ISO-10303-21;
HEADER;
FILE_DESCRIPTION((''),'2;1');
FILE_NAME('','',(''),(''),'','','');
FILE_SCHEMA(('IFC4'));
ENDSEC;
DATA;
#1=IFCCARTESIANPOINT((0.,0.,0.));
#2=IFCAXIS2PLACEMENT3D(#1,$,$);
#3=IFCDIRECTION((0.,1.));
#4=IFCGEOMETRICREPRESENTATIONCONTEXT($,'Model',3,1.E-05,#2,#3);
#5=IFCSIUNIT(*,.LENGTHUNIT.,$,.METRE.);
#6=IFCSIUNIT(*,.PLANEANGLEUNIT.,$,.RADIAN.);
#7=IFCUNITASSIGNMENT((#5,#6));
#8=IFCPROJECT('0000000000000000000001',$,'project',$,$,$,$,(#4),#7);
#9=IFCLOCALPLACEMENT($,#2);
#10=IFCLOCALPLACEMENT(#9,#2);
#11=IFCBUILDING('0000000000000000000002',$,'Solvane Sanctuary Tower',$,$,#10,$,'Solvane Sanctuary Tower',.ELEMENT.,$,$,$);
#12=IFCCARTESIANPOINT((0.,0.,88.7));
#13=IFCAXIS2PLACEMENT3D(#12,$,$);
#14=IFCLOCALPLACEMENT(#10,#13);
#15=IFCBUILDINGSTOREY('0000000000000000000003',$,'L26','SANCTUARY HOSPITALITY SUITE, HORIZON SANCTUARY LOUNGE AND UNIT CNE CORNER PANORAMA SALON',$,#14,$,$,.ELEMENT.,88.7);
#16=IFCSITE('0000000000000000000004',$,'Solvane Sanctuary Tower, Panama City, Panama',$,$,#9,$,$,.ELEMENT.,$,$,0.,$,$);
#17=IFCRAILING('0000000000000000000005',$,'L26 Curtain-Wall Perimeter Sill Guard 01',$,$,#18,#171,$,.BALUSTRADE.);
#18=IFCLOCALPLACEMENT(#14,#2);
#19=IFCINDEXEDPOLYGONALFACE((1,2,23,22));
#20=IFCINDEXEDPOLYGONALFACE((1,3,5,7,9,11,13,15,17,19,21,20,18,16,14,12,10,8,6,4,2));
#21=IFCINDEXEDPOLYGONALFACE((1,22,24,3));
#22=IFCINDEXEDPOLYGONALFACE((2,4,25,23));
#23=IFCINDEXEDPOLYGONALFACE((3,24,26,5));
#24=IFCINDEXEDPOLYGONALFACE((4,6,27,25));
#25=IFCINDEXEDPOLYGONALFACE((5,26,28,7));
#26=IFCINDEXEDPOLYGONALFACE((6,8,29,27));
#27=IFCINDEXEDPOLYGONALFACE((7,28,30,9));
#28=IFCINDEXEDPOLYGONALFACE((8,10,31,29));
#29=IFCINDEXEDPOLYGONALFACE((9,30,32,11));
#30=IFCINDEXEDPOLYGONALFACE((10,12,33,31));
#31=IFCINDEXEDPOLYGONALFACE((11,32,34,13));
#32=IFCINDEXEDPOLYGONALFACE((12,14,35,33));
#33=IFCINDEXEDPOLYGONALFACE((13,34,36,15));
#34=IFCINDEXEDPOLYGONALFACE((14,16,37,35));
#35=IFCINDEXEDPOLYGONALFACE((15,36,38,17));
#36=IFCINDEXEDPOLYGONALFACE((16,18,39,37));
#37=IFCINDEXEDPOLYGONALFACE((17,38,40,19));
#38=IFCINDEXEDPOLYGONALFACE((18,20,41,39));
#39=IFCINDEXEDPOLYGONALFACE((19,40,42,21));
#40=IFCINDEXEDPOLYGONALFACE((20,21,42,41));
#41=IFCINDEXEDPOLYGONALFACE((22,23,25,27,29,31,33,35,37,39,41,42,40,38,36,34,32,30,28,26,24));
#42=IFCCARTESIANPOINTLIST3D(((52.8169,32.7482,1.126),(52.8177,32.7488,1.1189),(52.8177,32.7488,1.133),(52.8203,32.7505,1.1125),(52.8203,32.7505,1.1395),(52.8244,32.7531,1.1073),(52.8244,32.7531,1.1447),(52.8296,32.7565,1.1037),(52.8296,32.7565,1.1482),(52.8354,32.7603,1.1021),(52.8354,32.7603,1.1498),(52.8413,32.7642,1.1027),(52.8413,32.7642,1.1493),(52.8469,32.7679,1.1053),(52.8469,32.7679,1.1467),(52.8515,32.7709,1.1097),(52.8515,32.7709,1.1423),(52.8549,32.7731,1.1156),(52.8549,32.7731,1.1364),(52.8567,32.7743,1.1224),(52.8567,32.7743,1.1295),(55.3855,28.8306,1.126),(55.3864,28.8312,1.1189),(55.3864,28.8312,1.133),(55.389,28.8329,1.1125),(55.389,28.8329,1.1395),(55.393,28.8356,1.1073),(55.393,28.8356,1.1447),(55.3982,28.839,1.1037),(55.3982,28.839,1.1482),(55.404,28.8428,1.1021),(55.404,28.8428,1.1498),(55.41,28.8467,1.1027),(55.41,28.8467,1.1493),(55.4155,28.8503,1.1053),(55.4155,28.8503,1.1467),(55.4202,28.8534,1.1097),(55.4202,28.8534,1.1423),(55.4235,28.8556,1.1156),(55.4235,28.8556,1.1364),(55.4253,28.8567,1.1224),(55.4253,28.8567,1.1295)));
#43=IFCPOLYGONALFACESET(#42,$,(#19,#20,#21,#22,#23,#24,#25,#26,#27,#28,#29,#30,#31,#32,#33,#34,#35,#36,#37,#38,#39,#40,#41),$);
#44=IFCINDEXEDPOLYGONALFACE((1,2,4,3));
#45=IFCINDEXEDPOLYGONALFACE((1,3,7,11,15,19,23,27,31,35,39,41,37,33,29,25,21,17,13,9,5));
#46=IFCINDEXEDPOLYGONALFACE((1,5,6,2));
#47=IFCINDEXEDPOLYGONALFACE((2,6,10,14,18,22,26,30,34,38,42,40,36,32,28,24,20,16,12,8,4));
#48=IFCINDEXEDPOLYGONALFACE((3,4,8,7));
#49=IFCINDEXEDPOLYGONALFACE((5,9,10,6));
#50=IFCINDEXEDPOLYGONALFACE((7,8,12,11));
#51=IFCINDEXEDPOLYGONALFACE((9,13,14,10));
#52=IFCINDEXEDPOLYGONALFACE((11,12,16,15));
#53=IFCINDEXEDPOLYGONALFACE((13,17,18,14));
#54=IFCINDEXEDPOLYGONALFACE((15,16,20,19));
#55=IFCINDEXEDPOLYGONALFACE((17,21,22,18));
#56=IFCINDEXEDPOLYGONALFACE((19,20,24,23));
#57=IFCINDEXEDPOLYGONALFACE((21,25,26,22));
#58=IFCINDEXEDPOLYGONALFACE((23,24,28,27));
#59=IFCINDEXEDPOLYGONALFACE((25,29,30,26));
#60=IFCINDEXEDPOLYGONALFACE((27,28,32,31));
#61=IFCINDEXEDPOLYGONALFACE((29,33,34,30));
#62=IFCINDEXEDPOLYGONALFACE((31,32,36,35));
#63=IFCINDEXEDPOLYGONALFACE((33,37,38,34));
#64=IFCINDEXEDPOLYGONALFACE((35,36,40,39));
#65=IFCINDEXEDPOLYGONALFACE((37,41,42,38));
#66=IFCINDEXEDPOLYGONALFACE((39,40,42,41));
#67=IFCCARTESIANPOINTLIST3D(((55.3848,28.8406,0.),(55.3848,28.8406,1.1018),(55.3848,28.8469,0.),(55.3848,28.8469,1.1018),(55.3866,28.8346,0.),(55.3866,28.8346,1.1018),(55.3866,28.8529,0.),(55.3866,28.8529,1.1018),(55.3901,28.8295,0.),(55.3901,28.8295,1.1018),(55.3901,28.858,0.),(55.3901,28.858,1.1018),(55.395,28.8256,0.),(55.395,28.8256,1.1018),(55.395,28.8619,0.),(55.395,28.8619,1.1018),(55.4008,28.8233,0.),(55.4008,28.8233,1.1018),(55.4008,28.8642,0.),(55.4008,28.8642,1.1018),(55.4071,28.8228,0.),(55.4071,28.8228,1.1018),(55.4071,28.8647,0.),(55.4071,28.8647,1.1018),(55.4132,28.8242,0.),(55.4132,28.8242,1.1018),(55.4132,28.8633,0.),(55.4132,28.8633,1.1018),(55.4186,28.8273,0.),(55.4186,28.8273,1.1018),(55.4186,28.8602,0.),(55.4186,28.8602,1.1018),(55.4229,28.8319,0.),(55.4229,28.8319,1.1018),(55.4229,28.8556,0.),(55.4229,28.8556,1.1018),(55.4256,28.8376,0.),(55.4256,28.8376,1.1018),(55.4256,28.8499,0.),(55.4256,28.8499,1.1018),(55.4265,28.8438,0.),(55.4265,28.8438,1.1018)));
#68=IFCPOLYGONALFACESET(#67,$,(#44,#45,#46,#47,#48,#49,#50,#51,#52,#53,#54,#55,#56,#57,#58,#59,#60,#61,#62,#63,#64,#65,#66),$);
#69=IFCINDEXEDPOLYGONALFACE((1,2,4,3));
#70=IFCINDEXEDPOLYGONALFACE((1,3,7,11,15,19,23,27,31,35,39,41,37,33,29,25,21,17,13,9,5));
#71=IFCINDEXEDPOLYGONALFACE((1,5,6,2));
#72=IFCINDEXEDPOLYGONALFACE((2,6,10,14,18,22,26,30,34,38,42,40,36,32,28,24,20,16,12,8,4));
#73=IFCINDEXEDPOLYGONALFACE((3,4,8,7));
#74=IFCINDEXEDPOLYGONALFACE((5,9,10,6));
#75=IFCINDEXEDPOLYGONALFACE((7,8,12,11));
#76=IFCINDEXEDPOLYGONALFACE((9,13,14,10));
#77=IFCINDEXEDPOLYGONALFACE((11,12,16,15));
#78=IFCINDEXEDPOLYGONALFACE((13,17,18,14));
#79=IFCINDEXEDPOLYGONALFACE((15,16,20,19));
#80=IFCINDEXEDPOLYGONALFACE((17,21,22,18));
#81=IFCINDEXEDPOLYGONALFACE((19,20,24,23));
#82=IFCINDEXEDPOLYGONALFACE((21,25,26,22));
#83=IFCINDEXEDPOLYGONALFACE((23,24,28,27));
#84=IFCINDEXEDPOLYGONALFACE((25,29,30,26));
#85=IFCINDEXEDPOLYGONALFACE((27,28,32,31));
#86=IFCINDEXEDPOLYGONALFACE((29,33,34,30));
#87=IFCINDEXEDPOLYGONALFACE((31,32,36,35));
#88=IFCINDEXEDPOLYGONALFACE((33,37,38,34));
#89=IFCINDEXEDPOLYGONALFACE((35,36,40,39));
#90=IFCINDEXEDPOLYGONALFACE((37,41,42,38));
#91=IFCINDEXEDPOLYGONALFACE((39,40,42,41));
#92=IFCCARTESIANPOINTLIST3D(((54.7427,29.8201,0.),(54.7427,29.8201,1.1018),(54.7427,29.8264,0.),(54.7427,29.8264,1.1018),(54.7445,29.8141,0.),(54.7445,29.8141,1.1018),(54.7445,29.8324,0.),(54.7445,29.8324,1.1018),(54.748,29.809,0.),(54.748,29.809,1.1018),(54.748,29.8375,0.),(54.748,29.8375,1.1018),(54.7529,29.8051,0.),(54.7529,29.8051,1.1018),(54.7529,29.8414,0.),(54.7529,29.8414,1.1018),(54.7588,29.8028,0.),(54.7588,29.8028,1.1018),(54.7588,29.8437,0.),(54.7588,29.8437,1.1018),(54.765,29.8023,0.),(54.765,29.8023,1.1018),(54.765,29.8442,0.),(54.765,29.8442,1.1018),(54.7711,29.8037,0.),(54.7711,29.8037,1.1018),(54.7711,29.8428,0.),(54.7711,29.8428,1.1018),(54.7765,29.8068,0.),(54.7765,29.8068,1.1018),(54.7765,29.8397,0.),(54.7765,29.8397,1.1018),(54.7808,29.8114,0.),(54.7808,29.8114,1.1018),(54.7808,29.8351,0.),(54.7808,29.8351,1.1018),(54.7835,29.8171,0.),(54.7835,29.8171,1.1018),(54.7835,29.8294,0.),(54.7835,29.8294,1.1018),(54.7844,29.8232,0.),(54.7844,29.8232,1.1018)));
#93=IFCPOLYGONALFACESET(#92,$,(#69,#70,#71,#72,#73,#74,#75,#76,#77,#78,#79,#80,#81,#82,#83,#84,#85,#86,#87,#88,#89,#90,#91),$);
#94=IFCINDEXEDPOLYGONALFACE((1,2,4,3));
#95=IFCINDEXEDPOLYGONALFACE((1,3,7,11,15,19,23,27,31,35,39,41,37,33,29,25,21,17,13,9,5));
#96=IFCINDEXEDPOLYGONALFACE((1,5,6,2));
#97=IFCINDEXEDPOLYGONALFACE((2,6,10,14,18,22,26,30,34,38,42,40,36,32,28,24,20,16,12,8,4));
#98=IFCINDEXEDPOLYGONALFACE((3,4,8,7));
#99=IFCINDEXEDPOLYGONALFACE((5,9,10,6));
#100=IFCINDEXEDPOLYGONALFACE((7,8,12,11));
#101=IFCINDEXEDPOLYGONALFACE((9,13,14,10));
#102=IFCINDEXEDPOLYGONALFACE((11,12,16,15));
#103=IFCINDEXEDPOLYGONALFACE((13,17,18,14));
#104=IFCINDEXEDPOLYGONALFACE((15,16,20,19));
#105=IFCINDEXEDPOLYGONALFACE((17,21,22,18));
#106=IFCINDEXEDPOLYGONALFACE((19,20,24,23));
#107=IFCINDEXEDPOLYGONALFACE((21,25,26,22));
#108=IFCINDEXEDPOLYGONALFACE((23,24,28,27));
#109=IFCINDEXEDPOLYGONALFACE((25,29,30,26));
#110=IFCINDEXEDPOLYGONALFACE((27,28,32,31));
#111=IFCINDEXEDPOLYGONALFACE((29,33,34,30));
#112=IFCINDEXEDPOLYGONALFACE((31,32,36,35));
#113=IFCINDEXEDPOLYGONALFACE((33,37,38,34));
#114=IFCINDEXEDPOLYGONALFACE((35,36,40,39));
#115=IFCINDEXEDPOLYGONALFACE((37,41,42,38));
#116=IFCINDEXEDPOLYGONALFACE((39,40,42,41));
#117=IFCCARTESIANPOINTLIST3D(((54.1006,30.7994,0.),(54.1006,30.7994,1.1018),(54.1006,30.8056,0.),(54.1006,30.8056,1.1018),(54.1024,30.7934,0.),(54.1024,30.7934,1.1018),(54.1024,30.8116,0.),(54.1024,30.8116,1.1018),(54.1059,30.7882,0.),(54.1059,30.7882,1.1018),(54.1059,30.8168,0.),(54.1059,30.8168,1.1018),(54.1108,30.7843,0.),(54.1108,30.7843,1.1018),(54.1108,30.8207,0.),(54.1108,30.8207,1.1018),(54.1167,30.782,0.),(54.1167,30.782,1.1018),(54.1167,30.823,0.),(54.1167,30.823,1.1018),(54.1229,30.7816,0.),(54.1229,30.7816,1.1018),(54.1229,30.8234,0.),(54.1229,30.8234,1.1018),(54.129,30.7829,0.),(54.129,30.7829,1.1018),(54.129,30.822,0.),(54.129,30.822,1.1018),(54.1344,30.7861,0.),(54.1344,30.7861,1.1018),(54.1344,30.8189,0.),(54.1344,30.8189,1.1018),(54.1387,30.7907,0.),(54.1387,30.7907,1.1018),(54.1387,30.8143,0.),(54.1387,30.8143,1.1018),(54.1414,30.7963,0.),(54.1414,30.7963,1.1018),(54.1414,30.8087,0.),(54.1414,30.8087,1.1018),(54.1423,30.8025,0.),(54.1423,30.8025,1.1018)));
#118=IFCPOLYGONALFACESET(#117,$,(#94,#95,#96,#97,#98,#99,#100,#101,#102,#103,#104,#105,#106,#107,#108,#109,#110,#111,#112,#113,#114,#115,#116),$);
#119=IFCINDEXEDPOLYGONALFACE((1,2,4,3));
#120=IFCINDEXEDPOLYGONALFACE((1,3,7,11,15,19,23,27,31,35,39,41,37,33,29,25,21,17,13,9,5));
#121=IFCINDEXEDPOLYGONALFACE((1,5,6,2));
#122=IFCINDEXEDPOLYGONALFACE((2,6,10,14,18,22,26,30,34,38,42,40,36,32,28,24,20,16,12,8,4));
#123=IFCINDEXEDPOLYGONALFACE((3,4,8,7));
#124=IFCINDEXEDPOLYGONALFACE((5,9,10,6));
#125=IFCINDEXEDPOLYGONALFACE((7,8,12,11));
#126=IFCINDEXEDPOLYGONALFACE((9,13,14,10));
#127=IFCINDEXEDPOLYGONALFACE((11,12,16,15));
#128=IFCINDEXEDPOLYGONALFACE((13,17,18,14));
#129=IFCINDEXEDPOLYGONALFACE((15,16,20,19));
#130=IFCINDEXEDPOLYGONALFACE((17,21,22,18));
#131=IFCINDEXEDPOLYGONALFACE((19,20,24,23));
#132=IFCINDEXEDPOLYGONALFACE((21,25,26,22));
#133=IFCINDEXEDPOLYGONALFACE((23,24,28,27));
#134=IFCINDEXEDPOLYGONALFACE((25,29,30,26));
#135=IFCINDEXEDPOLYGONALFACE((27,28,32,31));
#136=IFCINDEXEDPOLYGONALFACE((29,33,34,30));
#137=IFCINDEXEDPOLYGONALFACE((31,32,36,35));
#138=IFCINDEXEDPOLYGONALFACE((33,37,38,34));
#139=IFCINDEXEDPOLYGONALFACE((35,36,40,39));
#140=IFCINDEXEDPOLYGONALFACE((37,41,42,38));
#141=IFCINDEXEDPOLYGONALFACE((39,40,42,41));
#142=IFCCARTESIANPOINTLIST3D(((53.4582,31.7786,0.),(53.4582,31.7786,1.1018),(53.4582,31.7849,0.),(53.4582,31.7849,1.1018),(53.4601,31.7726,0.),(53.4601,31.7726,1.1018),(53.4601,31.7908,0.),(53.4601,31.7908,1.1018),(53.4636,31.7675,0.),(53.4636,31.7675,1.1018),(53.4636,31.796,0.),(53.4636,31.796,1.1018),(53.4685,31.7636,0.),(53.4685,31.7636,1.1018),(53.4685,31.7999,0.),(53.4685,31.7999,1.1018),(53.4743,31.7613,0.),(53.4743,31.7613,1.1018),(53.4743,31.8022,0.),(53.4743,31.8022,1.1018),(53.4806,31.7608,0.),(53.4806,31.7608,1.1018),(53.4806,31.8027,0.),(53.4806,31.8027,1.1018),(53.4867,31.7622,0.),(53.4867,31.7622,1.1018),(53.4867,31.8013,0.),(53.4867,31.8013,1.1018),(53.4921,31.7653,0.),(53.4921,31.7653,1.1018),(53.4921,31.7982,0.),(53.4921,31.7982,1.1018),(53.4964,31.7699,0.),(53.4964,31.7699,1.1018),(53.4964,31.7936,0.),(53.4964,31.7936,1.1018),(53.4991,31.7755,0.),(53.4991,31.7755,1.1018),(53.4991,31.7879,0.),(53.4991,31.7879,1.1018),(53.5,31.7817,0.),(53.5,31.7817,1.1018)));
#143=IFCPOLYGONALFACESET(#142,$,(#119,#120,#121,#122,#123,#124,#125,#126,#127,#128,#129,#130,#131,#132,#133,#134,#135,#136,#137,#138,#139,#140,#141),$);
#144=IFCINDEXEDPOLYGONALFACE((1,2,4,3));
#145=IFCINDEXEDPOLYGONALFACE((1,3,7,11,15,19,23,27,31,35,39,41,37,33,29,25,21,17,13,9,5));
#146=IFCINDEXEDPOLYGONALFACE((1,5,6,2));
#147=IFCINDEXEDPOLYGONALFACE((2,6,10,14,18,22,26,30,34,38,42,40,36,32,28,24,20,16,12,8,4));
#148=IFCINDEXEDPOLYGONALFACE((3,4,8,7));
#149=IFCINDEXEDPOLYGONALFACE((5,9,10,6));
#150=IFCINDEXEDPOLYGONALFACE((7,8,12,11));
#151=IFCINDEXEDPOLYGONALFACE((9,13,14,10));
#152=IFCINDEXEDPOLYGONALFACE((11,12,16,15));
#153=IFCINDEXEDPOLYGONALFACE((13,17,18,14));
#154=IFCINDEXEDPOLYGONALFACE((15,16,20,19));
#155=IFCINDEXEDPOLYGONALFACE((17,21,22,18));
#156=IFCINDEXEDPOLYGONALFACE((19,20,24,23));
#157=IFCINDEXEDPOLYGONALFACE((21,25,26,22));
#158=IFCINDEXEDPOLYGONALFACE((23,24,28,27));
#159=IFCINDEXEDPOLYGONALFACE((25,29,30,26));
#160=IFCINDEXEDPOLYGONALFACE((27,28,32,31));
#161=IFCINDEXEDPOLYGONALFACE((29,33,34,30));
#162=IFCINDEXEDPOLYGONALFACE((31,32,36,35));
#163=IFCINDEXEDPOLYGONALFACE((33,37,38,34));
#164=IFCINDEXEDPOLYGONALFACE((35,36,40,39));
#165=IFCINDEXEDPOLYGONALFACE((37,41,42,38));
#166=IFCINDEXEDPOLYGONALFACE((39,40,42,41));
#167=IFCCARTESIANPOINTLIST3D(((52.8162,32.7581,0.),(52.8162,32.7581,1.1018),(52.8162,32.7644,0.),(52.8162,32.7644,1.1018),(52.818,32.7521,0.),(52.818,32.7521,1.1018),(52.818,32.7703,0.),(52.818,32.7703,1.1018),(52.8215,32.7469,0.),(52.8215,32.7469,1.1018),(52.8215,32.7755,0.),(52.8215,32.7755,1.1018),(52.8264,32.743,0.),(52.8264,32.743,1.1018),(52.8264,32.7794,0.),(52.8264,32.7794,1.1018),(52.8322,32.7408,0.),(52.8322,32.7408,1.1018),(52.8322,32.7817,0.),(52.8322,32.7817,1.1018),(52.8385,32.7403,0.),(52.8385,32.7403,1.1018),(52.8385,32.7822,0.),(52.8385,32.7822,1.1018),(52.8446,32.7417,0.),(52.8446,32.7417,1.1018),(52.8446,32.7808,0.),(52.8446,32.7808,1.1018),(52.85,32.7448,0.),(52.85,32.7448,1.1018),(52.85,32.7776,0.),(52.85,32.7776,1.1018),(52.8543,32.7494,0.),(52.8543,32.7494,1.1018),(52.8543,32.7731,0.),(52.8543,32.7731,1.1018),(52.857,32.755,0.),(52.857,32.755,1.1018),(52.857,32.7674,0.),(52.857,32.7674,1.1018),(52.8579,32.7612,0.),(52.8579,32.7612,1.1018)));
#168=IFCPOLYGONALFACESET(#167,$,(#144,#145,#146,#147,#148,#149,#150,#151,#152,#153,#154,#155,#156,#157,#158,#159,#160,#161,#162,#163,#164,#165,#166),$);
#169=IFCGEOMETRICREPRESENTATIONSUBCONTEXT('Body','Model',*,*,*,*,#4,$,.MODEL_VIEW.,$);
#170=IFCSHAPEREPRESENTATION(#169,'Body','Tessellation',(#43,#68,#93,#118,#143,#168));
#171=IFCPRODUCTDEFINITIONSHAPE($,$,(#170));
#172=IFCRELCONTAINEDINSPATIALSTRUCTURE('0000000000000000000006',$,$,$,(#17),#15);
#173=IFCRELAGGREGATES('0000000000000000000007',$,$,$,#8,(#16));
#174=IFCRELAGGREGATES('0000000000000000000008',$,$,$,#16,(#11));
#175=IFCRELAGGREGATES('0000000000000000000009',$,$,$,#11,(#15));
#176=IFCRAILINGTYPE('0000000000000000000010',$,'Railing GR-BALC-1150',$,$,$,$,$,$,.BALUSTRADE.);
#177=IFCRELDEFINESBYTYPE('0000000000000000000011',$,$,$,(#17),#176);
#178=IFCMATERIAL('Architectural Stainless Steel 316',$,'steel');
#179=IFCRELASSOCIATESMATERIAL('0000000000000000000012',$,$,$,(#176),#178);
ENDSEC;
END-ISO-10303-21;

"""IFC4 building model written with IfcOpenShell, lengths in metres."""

from ifc_helpers import new_model, si_unit, direction, frame, origin, origin_2d, place, context, subcontext, project, spatial, circle, extrude, material, type_object, element, save


model = new_model("IFC4")

# Units and contexts
model_context = context("Model", 3, precision=1e-05, world=origin(), true_north=direction((0.0, 1.0)))
body_context = subcontext(model_context, "Body", "Model", "MODEL_VIEW")
ifc_project = project(units=[si_unit("LENGTHUNIT", "METRE"), si_unit("PLANEANGLEUNIT", "RADIAN")], contexts=[model_context])

# Site, building, storey
site_placement = place(None, origin())
site = spatial("IfcSite", under=ifc_project, at=site_placement, Name="Solvane Sanctuary Tower, Panama City, Panama", CompositionType="ELEMENT", RefElevation=0.0)
building_placement = place(site_placement, origin())
building = spatial("IfcBuilding", under=site, at=building_placement, Name="Solvane Sanctuary Tower", LongName="Solvane Sanctuary Tower", CompositionType="ELEMENT")
storey_placement = place(building_placement, frame((0.0, 0.0, 88.7)))
storey = spatial("IfcBuildingStorey", under=building, at=storey_placement, Name="L26", Description="SANCTUARY HOSPITALITY SUITE, HORIZON SANCTUARY LOUNGE AND UNIT CNE CORNER PANORAMA SALON", CompositionType="ELEMENT", Elevation=88.7)

# Shared definitions
ifc_material_1 = material(Name="Architectural Stainless Steel 316", Category="steel")

# Railing
railing_type_1 = type_object("IfcRailingType", Name="Railing GR-BALC-1150", PredefinedType="BALUSTRADE", material=ifc_material_1)
railing_1_placement = place(storey_placement, frame((55.4055, 28.8438, 0.0)))
element("IfcRailing", 1, at=railing_1_placement, inside=storey, type_object=railing_type_1, Name="L26 Curtain-Wall Perimeter Sill Guard 01", PredefinedType="BALUSTRADE", context=body_context, shape_type="SweptSolid", body=[
    extrude(circle(Radius=0.0239, at=origin_2d()), frame((0.0, 0.0, 1.126), z_axis=(-0.548322, 0.836267, 0.0), x_axis=(-0.836267, -0.548322, 0.0)), (0.0, 0.0, 1.0), 4.6846),
    extrude(circle(Radius=0.021, at=origin_2d()), origin(), (0.0, 0.0, 1.0), 1.1018),
    extrude(circle(Radius=0.021, at=origin_2d()), frame((-0.6421, 0.9795, 0.0)), (0.0, 0.0, 1.0), 1.1018),
    extrude(circle(Radius=0.021, at=origin_2d()), frame((-1.2842, 1.9587, 0.0)), (0.0, 0.0, 1.0), 1.1018),
    extrude(circle(Radius=0.021, at=origin_2d()), frame((-1.9265, 2.938, 0.0)), (0.0, 0.0, 1.0), 1.1018),
    extrude(circle(Radius=0.021, at=origin_2d()), frame((-2.5686, 3.9175, 0.0)), (0.0, 0.0, 1.0), 1.1018),
])

save(model, "model.ifc")
